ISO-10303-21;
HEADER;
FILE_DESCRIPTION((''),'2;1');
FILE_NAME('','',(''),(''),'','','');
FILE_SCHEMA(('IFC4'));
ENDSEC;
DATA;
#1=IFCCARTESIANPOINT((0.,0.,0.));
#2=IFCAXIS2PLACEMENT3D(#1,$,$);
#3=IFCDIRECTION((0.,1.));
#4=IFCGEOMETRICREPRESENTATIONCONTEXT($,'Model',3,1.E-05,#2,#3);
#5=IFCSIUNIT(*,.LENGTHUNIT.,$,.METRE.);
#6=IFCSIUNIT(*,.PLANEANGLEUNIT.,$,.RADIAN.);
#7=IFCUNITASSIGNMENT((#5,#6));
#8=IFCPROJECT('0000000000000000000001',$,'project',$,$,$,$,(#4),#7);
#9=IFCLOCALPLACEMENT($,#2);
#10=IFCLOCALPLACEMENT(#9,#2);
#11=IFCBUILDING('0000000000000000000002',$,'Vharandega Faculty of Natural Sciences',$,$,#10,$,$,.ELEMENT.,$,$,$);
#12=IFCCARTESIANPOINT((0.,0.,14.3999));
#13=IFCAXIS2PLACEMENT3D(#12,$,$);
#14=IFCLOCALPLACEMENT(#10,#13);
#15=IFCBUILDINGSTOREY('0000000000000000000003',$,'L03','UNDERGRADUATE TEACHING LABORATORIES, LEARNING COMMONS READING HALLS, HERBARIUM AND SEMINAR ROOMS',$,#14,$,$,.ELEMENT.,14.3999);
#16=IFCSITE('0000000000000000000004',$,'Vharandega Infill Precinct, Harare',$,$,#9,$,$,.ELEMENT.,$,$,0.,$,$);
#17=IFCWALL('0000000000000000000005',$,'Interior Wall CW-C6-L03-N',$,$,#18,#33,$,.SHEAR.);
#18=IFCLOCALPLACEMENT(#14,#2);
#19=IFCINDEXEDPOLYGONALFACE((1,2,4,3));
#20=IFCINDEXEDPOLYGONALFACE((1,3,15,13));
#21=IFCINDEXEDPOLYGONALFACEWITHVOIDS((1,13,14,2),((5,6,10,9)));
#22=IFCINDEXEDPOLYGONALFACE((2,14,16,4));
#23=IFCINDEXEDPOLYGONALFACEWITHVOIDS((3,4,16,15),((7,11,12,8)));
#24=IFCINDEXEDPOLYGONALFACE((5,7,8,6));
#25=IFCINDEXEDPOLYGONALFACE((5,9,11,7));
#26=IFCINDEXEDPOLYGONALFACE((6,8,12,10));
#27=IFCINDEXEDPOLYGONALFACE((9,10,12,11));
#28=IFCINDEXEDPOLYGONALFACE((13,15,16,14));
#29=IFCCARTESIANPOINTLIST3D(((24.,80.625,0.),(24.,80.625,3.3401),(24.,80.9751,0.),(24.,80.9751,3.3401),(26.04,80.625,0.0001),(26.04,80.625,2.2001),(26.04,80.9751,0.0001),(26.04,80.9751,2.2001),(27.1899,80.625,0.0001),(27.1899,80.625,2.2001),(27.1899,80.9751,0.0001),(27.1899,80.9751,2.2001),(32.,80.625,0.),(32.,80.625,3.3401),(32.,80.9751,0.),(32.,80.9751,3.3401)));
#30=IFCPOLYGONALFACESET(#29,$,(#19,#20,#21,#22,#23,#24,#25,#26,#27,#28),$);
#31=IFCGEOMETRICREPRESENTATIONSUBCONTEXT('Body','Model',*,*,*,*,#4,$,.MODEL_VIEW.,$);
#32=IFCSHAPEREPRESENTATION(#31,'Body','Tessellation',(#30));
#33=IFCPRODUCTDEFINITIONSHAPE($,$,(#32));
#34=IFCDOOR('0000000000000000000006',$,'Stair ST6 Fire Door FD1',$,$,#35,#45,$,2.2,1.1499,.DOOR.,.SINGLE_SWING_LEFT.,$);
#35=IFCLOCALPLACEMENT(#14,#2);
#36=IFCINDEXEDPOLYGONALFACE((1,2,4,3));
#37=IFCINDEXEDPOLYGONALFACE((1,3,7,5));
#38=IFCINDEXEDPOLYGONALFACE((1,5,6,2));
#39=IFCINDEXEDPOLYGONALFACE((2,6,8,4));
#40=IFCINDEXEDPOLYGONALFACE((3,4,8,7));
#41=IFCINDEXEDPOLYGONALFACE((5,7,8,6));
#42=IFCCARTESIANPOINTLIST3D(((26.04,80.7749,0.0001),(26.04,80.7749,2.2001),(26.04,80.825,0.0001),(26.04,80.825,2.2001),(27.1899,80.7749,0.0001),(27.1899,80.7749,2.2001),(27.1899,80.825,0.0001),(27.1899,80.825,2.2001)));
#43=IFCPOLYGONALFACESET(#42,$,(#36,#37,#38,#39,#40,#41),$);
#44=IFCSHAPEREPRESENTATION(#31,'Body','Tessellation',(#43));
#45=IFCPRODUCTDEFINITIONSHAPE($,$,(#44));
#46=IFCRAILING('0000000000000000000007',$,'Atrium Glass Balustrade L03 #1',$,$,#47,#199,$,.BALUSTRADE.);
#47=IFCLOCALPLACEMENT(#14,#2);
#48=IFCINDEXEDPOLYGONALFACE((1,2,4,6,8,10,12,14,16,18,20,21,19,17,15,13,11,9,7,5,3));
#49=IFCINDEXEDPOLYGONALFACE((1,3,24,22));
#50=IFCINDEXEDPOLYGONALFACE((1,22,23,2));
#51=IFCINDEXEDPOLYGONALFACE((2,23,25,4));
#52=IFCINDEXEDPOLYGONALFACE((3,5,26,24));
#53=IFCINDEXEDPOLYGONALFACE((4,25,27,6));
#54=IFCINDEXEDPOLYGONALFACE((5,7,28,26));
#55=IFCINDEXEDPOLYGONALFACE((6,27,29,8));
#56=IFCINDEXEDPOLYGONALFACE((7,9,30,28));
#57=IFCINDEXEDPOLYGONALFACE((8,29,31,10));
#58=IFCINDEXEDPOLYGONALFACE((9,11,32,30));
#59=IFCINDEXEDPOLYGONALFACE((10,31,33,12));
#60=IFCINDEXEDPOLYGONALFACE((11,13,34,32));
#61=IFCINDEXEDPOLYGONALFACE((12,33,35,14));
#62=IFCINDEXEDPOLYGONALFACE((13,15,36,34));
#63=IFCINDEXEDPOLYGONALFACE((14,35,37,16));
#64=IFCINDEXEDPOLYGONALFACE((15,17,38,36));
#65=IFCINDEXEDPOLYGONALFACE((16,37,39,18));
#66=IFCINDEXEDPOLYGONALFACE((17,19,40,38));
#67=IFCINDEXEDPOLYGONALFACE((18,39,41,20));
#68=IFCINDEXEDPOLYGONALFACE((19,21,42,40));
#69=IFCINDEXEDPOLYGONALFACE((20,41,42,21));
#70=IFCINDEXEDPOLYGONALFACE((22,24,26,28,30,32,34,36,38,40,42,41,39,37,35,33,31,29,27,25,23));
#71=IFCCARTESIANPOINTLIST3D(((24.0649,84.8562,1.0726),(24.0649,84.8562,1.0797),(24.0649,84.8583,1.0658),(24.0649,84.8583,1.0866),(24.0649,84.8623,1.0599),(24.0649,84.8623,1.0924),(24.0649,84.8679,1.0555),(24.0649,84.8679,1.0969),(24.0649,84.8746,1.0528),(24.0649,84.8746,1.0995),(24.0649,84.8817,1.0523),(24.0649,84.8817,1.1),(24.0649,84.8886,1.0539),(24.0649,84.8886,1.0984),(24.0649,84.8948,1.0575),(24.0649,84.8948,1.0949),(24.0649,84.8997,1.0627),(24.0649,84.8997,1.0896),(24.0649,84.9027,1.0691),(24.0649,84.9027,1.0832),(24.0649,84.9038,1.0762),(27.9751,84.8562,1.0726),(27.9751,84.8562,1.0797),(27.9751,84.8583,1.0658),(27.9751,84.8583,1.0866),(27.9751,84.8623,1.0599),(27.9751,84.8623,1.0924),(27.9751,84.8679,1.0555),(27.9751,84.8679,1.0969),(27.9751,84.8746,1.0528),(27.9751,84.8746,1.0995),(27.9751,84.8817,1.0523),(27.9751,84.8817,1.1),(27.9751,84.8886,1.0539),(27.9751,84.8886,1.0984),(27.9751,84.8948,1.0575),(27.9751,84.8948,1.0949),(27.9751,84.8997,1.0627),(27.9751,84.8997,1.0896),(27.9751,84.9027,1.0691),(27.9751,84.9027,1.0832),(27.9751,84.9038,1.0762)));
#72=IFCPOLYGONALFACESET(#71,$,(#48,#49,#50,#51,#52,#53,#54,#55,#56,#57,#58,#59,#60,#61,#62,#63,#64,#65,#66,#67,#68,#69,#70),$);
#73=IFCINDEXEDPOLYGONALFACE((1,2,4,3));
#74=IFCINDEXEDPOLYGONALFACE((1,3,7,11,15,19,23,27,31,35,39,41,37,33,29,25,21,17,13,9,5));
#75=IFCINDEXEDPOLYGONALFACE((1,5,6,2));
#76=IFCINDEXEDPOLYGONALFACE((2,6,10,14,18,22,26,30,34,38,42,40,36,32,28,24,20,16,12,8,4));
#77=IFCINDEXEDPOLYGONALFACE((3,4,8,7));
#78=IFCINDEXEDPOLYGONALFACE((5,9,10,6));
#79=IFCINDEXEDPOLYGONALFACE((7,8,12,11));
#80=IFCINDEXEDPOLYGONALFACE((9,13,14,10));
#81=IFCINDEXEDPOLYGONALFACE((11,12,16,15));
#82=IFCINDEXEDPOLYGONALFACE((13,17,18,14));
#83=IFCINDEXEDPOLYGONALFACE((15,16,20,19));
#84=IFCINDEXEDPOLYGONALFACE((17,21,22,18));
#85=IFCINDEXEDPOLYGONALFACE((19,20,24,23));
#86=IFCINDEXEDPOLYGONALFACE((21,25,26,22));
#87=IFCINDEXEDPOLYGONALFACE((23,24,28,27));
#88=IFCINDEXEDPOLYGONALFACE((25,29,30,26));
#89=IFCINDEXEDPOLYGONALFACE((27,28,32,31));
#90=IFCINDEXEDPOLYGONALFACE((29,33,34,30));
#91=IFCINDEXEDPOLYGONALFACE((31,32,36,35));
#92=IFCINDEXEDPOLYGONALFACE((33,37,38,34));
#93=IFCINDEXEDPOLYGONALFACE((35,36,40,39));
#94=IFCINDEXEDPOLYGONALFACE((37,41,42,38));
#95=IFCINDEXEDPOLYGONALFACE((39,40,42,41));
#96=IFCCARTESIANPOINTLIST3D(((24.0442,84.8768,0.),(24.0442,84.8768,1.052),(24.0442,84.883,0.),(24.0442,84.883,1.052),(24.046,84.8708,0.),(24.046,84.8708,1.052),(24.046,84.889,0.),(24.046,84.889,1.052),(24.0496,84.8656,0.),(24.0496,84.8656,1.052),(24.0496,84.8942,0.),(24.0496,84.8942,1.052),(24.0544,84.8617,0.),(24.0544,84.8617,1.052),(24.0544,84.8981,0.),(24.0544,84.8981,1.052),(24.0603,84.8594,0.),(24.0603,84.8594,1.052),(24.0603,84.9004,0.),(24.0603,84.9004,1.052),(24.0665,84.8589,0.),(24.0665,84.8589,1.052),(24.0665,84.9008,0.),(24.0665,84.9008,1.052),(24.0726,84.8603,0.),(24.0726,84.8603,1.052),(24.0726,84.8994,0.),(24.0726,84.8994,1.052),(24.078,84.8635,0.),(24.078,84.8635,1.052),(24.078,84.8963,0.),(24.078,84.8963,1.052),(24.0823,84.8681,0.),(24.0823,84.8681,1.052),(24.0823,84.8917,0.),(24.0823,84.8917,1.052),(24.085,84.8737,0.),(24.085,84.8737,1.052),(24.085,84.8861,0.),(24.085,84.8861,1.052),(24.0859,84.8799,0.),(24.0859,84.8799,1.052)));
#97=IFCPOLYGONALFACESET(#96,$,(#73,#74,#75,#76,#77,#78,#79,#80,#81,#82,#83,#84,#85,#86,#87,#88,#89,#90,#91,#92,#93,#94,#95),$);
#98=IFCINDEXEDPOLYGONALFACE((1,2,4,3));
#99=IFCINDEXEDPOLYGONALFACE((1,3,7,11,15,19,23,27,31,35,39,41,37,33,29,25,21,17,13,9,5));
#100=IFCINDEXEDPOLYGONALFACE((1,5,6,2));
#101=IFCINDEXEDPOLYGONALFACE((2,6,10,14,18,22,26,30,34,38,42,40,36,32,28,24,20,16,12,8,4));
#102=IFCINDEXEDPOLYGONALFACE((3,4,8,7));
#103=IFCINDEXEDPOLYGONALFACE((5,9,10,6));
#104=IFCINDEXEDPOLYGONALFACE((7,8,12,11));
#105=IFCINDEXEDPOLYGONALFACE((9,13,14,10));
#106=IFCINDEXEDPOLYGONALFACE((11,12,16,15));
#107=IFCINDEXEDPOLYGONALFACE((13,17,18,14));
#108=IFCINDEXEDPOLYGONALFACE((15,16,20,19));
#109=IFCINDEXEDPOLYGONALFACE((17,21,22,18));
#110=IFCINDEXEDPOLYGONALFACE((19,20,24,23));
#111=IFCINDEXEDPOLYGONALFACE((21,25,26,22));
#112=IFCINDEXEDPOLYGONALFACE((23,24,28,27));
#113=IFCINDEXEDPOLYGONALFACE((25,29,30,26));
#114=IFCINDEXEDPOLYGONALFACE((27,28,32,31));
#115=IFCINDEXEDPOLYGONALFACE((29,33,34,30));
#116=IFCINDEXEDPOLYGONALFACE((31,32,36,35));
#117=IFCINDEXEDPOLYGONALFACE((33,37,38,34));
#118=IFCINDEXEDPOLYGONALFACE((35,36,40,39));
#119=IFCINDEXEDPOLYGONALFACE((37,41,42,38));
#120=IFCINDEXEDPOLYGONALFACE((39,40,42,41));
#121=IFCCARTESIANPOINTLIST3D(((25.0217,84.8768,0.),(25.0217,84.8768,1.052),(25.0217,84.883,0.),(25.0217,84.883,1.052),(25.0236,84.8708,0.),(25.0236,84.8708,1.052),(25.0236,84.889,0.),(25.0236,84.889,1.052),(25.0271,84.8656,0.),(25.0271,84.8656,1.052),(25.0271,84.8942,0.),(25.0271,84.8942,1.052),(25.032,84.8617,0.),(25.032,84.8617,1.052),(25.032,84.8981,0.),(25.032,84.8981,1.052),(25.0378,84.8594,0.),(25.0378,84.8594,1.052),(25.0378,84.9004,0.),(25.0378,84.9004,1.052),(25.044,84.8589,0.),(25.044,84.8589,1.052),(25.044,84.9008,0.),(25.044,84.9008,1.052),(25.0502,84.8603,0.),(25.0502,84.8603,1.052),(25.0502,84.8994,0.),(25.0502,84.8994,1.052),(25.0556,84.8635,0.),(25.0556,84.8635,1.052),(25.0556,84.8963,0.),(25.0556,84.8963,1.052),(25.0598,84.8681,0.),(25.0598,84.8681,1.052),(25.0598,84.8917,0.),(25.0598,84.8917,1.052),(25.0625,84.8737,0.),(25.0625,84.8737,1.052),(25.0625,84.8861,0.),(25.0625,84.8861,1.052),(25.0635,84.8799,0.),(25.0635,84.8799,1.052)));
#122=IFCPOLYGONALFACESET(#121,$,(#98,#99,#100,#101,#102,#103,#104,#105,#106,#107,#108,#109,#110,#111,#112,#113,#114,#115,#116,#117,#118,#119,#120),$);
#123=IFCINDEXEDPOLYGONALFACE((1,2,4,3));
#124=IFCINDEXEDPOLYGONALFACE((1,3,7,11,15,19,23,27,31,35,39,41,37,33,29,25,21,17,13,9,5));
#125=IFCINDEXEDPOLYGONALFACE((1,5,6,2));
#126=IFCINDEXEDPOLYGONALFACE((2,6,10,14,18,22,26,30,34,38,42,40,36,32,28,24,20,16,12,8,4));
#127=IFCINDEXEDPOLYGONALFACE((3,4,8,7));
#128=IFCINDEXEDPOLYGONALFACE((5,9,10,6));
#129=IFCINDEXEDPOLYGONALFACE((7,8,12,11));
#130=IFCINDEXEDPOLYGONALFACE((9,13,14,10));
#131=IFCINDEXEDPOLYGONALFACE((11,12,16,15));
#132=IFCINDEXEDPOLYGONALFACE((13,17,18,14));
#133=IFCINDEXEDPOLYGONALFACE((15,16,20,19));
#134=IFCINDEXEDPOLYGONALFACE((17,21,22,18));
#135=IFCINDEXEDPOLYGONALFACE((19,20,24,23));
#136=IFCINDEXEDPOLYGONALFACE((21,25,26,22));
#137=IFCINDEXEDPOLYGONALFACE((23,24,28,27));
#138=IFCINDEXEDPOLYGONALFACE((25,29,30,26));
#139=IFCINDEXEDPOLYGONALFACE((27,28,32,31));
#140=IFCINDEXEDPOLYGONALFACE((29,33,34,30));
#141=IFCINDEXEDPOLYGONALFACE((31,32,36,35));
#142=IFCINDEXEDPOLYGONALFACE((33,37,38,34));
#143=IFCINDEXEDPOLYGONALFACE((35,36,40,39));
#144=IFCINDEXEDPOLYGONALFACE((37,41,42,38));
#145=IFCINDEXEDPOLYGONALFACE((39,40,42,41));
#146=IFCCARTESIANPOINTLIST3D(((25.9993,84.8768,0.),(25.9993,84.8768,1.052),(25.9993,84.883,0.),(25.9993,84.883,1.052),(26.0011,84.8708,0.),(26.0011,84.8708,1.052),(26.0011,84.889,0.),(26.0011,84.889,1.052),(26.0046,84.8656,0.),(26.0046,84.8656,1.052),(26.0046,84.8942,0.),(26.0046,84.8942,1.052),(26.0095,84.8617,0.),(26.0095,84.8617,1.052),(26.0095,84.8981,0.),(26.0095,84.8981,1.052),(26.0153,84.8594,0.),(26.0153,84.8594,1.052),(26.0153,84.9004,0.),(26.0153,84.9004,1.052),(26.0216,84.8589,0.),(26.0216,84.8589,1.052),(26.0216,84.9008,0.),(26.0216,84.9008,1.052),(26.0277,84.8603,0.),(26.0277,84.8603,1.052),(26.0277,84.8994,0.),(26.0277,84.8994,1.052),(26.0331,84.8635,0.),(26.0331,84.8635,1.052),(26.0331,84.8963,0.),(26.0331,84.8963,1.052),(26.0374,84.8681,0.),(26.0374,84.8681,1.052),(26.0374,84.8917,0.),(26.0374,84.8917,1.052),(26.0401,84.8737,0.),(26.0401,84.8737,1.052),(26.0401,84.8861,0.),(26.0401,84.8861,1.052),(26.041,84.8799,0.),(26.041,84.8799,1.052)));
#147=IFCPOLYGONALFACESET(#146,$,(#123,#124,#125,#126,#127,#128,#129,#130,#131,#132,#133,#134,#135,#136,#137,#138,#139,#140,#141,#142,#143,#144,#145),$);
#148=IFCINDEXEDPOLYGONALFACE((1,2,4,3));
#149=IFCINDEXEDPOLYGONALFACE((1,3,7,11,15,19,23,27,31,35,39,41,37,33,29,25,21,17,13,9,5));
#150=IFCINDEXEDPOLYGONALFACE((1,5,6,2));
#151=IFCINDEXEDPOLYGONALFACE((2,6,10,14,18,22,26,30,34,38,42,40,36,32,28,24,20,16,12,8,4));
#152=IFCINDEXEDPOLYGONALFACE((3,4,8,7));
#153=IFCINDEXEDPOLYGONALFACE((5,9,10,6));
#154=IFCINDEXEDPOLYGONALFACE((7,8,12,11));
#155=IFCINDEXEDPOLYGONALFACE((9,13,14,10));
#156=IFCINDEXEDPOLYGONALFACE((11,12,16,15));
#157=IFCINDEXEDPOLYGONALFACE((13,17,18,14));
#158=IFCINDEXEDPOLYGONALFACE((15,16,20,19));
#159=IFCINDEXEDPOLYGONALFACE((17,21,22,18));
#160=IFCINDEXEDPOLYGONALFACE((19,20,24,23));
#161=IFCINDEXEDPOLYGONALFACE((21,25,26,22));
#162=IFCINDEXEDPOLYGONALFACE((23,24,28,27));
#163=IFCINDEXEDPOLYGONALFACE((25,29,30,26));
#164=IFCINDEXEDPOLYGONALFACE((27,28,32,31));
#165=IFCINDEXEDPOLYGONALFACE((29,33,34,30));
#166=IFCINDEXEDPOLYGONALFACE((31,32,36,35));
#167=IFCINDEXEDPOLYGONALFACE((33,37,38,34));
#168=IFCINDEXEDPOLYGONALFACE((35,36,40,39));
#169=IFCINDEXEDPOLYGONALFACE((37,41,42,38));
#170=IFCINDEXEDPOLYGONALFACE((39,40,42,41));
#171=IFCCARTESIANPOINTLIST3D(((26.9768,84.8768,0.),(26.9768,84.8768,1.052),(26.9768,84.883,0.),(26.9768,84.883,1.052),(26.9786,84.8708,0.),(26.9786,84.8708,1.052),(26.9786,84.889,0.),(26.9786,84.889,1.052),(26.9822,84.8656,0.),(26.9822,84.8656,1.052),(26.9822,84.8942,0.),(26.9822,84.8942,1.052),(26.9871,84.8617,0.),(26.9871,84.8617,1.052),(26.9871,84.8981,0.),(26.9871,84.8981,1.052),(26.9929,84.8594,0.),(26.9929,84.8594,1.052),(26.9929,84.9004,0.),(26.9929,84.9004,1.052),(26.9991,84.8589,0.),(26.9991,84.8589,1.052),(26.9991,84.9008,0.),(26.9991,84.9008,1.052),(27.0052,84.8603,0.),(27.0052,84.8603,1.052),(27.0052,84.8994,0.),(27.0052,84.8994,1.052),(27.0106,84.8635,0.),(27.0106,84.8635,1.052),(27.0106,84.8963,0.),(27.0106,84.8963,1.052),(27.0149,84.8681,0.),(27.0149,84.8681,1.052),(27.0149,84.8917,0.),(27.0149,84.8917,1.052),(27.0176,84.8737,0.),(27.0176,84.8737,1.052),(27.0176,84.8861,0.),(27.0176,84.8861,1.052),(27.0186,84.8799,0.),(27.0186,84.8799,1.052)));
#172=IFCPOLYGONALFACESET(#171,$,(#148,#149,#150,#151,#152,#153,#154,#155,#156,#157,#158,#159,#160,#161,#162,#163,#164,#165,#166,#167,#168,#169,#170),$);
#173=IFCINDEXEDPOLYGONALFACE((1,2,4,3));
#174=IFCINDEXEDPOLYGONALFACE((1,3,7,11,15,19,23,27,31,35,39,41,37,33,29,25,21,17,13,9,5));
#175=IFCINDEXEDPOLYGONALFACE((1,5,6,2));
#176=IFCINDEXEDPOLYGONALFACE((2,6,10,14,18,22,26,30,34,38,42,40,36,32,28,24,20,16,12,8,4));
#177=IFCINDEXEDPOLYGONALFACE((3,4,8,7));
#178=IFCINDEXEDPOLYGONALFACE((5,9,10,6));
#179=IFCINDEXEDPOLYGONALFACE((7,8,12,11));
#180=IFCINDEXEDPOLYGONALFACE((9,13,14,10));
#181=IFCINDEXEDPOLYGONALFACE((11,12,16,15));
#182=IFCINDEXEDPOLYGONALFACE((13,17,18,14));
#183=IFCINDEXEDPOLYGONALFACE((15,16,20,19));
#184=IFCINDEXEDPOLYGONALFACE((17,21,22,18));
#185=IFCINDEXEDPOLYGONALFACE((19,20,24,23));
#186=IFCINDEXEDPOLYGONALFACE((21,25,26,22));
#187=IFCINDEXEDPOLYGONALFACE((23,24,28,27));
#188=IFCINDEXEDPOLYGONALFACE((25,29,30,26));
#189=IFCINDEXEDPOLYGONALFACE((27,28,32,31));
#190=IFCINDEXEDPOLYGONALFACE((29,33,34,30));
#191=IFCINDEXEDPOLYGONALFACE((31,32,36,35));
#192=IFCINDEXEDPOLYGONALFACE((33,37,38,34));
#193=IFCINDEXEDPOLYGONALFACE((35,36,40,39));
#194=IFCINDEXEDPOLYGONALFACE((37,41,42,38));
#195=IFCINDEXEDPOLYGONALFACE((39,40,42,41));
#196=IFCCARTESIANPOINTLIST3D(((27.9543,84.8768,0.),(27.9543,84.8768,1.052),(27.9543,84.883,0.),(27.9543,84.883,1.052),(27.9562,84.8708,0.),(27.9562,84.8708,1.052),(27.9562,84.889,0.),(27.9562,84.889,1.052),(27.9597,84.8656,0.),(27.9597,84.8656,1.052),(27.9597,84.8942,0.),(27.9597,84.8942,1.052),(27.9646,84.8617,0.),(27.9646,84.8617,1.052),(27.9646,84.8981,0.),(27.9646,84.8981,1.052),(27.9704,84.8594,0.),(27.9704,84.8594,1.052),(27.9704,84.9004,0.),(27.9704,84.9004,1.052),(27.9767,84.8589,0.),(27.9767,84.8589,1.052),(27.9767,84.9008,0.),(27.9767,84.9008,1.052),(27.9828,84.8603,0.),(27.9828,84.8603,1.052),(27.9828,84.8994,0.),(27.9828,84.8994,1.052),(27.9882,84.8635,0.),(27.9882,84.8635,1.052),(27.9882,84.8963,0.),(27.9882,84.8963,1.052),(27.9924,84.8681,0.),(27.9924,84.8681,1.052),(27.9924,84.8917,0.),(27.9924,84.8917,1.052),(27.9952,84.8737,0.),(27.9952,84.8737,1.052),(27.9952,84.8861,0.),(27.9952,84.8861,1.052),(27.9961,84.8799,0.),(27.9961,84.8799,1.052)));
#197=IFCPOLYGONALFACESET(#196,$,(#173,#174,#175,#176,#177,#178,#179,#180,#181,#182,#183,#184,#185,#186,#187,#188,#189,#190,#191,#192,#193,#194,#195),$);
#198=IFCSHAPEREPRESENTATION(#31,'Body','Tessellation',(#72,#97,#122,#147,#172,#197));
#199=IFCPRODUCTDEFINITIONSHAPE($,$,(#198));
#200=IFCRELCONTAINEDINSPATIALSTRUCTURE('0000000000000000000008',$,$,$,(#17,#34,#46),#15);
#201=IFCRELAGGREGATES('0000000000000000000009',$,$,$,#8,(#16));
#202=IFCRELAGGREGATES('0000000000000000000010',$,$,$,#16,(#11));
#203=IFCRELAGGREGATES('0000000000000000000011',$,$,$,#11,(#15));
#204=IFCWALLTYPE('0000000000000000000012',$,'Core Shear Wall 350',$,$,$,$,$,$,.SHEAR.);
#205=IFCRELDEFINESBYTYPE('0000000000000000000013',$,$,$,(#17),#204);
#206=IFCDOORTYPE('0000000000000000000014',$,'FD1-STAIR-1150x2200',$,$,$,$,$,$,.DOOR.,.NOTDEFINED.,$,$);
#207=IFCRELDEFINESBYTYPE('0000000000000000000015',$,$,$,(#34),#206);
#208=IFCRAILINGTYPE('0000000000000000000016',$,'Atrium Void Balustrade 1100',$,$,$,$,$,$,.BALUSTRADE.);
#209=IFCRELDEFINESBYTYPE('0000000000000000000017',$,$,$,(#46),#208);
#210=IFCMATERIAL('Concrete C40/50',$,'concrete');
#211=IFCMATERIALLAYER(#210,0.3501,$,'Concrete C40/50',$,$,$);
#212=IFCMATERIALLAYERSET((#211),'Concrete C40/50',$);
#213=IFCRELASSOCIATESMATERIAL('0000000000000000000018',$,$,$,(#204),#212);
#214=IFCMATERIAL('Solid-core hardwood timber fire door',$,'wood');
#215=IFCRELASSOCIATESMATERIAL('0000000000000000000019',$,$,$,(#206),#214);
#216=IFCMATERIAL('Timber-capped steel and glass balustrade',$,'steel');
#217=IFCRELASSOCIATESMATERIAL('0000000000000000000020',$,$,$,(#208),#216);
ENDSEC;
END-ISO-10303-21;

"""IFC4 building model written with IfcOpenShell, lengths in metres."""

from ifc_helpers import new_model, si_unit, direction, frame, frame_2d, origin, origin_2d, place, context, subcontext, project, spatial, rectangle, circle, extrude, material, layer, layer_set, type_object, element, fill, save


model = new_model("IFC4")

# Units and contexts
model_context = context("Model", 3, precision=1e-05, world=origin(), true_north=direction((0.0, 1.0)))
body_context = subcontext(model_context, "Body", "Model", "MODEL_VIEW")
ifc_project = project(units=[si_unit("LENGTHUNIT", "METRE"), si_unit("PLANEANGLEUNIT", "RADIAN")], contexts=[model_context])

# Site, building, storey
site_placement = place(None, origin())
site = spatial("IfcSite", under=ifc_project, at=site_placement, Name="Vharandega Infill Precinct, Harare", CompositionType="ELEMENT", RefElevation=0.0)
building_placement = place(site_placement, origin())
building = spatial("IfcBuilding", under=site, at=building_placement, Name="Vharandega Faculty of Natural Sciences", CompositionType="ELEMENT")
storey_placement = place(building_placement, frame((0.0, 0.0, 14.3999)))
storey = spatial("IfcBuildingStorey", under=building, at=storey_placement, Name="L03", Description="UNDERGRADUATE TEACHING LABORATORIES, LEARNING COMMONS READING HALLS, HERBARIUM AND SEMINAR ROOMS", CompositionType="ELEMENT", Elevation=14.3999)

# Wall, opening, door
ifc_material_1 = material(Name="Concrete C40/50", Category="concrete")
ifc_layer_1 = layer(ifc_material_1, 0.3501, Name="Concrete C40/50")
ifc_layer_set_1 = layer_set([ifc_layer_1], Name="Concrete C40/50")
wall_type = type_object("IfcWallType", Name="Core Shear Wall 350", PredefinedType="SHEAR", material=ifc_layer_set_1)
wall_placement = place(storey_placement, frame((24.0, 80.8, 0.0), z_axis=(0.0, 0.0, 1.0), x_axis=(1.0, 0.0, 0.0)))
wall = element("IfcWall", 1, at=wall_placement, inside=storey, type_object=wall_type, Name="Interior Wall CW-C6-L03-N", PredefinedType="SHEAR", context=body_context, shape_type="SweptSolid", body=[
    extrude(rectangle(XDim=8.0, YDim=0.3501, at=frame_2d((4.0, 0.0))), origin(), (0.0, 0.0, 1.0), 3.3401),
])
opening_placement = place(wall_placement, frame((2.04, 0.0, 0.0)))
opening = element("IfcOpeningElement", 2, at=opening_placement, cuts=wall, PredefinedType="OPENING", context=body_context, shape_type="SweptSolid", body=[
    extrude(rectangle(XDim=1.1499, YDim=2.2, at=frame_2d((0.575, 1.1001))), frame((0.0, 0.1851, 0.0), z_axis=(0.0, -1.0, 0.0), x_axis=(1.0, 0.0, 0.0)), (0.0, 0.0, 1.0), 0.3701),
])
ifc_material_2 = material(Name="Solid-core hardwood timber fire door", Category="wood")
door_type = type_object("IfcDoorType", Name="FD1-STAIR-1150x2200", OperationType="NOTDEFINED", PredefinedType="DOOR", material=ifc_material_2)
door_placement = place(opening_placement, origin())
door = element("IfcDoor", 3, at=door_placement, inside=storey, type_object=door_type, Name="Stair ST6 Fire Door FD1", OperationType="SINGLE_SWING_LEFT", OverallHeight=2.2, OverallWidth=1.1499, PredefinedType="DOOR", context=body_context, shape_type="SweptSolid", body=[
    extrude(rectangle(XDim=1.1499, YDim=2.2, at=frame_2d((0.575, 1.1001))), frame((0.0, 0.0249, 0.0), z_axis=(0.0, -1.0, 0.0), x_axis=(1.0, 0.0, 0.0)), (0.0, 0.0, 1.0), 0.05),
])
fill(opening, door)

# Railing
ifc_material_3 = material(Name="Timber-capped steel and glass balustrade", Category="steel")
railing_type_1 = type_object("IfcRailingType", Name="Atrium Void Balustrade 1100", PredefinedType="BALUSTRADE", material=ifc_material_3)
railing_1_placement = place(storey_placement, frame((24.0649, 84.8799, 0.0)))
element("IfcRailing", 4, at=railing_1_placement, inside=storey, type_object=railing_type_1, Name="Atrium Glass Balustrade L03 #1", PredefinedType="BALUSTRADE", context=body_context, shape_type="SweptSolid", body=[
    extrude(circle(Radius=0.0239, at=origin_2d()), frame((0.0, 0.0, 1.0762), z_axis=(1.0, 0.0, 0.0), x_axis=(0.0, 1.0, 0.0)), (0.0, 0.0, 1.0), 3.9102),
    extrude(circle(Radius=0.021, at=origin_2d()), origin(), (0.0, 0.0, 1.0), 1.052),
    extrude(circle(Radius=0.021, at=origin_2d()), frame((0.9775, 0.0, 0.0)), (0.0, 0.0, 1.0), 1.052),
    extrude(circle(Radius=0.021, at=origin_2d()), frame((1.9551, 0.0, 0.0)), (0.0, 0.0, 1.0), 1.052),
    extrude(circle(Radius=0.021, at=origin_2d()), frame((2.9326, 0.0, 0.0)), (0.0, 0.0, 1.0), 1.052),
    extrude(circle(Radius=0.021, at=origin_2d()), frame((3.9102, 0.0, 0.0)), (0.0, 0.0, 1.0), 1.052),
])

save(model, "model.ifc")
